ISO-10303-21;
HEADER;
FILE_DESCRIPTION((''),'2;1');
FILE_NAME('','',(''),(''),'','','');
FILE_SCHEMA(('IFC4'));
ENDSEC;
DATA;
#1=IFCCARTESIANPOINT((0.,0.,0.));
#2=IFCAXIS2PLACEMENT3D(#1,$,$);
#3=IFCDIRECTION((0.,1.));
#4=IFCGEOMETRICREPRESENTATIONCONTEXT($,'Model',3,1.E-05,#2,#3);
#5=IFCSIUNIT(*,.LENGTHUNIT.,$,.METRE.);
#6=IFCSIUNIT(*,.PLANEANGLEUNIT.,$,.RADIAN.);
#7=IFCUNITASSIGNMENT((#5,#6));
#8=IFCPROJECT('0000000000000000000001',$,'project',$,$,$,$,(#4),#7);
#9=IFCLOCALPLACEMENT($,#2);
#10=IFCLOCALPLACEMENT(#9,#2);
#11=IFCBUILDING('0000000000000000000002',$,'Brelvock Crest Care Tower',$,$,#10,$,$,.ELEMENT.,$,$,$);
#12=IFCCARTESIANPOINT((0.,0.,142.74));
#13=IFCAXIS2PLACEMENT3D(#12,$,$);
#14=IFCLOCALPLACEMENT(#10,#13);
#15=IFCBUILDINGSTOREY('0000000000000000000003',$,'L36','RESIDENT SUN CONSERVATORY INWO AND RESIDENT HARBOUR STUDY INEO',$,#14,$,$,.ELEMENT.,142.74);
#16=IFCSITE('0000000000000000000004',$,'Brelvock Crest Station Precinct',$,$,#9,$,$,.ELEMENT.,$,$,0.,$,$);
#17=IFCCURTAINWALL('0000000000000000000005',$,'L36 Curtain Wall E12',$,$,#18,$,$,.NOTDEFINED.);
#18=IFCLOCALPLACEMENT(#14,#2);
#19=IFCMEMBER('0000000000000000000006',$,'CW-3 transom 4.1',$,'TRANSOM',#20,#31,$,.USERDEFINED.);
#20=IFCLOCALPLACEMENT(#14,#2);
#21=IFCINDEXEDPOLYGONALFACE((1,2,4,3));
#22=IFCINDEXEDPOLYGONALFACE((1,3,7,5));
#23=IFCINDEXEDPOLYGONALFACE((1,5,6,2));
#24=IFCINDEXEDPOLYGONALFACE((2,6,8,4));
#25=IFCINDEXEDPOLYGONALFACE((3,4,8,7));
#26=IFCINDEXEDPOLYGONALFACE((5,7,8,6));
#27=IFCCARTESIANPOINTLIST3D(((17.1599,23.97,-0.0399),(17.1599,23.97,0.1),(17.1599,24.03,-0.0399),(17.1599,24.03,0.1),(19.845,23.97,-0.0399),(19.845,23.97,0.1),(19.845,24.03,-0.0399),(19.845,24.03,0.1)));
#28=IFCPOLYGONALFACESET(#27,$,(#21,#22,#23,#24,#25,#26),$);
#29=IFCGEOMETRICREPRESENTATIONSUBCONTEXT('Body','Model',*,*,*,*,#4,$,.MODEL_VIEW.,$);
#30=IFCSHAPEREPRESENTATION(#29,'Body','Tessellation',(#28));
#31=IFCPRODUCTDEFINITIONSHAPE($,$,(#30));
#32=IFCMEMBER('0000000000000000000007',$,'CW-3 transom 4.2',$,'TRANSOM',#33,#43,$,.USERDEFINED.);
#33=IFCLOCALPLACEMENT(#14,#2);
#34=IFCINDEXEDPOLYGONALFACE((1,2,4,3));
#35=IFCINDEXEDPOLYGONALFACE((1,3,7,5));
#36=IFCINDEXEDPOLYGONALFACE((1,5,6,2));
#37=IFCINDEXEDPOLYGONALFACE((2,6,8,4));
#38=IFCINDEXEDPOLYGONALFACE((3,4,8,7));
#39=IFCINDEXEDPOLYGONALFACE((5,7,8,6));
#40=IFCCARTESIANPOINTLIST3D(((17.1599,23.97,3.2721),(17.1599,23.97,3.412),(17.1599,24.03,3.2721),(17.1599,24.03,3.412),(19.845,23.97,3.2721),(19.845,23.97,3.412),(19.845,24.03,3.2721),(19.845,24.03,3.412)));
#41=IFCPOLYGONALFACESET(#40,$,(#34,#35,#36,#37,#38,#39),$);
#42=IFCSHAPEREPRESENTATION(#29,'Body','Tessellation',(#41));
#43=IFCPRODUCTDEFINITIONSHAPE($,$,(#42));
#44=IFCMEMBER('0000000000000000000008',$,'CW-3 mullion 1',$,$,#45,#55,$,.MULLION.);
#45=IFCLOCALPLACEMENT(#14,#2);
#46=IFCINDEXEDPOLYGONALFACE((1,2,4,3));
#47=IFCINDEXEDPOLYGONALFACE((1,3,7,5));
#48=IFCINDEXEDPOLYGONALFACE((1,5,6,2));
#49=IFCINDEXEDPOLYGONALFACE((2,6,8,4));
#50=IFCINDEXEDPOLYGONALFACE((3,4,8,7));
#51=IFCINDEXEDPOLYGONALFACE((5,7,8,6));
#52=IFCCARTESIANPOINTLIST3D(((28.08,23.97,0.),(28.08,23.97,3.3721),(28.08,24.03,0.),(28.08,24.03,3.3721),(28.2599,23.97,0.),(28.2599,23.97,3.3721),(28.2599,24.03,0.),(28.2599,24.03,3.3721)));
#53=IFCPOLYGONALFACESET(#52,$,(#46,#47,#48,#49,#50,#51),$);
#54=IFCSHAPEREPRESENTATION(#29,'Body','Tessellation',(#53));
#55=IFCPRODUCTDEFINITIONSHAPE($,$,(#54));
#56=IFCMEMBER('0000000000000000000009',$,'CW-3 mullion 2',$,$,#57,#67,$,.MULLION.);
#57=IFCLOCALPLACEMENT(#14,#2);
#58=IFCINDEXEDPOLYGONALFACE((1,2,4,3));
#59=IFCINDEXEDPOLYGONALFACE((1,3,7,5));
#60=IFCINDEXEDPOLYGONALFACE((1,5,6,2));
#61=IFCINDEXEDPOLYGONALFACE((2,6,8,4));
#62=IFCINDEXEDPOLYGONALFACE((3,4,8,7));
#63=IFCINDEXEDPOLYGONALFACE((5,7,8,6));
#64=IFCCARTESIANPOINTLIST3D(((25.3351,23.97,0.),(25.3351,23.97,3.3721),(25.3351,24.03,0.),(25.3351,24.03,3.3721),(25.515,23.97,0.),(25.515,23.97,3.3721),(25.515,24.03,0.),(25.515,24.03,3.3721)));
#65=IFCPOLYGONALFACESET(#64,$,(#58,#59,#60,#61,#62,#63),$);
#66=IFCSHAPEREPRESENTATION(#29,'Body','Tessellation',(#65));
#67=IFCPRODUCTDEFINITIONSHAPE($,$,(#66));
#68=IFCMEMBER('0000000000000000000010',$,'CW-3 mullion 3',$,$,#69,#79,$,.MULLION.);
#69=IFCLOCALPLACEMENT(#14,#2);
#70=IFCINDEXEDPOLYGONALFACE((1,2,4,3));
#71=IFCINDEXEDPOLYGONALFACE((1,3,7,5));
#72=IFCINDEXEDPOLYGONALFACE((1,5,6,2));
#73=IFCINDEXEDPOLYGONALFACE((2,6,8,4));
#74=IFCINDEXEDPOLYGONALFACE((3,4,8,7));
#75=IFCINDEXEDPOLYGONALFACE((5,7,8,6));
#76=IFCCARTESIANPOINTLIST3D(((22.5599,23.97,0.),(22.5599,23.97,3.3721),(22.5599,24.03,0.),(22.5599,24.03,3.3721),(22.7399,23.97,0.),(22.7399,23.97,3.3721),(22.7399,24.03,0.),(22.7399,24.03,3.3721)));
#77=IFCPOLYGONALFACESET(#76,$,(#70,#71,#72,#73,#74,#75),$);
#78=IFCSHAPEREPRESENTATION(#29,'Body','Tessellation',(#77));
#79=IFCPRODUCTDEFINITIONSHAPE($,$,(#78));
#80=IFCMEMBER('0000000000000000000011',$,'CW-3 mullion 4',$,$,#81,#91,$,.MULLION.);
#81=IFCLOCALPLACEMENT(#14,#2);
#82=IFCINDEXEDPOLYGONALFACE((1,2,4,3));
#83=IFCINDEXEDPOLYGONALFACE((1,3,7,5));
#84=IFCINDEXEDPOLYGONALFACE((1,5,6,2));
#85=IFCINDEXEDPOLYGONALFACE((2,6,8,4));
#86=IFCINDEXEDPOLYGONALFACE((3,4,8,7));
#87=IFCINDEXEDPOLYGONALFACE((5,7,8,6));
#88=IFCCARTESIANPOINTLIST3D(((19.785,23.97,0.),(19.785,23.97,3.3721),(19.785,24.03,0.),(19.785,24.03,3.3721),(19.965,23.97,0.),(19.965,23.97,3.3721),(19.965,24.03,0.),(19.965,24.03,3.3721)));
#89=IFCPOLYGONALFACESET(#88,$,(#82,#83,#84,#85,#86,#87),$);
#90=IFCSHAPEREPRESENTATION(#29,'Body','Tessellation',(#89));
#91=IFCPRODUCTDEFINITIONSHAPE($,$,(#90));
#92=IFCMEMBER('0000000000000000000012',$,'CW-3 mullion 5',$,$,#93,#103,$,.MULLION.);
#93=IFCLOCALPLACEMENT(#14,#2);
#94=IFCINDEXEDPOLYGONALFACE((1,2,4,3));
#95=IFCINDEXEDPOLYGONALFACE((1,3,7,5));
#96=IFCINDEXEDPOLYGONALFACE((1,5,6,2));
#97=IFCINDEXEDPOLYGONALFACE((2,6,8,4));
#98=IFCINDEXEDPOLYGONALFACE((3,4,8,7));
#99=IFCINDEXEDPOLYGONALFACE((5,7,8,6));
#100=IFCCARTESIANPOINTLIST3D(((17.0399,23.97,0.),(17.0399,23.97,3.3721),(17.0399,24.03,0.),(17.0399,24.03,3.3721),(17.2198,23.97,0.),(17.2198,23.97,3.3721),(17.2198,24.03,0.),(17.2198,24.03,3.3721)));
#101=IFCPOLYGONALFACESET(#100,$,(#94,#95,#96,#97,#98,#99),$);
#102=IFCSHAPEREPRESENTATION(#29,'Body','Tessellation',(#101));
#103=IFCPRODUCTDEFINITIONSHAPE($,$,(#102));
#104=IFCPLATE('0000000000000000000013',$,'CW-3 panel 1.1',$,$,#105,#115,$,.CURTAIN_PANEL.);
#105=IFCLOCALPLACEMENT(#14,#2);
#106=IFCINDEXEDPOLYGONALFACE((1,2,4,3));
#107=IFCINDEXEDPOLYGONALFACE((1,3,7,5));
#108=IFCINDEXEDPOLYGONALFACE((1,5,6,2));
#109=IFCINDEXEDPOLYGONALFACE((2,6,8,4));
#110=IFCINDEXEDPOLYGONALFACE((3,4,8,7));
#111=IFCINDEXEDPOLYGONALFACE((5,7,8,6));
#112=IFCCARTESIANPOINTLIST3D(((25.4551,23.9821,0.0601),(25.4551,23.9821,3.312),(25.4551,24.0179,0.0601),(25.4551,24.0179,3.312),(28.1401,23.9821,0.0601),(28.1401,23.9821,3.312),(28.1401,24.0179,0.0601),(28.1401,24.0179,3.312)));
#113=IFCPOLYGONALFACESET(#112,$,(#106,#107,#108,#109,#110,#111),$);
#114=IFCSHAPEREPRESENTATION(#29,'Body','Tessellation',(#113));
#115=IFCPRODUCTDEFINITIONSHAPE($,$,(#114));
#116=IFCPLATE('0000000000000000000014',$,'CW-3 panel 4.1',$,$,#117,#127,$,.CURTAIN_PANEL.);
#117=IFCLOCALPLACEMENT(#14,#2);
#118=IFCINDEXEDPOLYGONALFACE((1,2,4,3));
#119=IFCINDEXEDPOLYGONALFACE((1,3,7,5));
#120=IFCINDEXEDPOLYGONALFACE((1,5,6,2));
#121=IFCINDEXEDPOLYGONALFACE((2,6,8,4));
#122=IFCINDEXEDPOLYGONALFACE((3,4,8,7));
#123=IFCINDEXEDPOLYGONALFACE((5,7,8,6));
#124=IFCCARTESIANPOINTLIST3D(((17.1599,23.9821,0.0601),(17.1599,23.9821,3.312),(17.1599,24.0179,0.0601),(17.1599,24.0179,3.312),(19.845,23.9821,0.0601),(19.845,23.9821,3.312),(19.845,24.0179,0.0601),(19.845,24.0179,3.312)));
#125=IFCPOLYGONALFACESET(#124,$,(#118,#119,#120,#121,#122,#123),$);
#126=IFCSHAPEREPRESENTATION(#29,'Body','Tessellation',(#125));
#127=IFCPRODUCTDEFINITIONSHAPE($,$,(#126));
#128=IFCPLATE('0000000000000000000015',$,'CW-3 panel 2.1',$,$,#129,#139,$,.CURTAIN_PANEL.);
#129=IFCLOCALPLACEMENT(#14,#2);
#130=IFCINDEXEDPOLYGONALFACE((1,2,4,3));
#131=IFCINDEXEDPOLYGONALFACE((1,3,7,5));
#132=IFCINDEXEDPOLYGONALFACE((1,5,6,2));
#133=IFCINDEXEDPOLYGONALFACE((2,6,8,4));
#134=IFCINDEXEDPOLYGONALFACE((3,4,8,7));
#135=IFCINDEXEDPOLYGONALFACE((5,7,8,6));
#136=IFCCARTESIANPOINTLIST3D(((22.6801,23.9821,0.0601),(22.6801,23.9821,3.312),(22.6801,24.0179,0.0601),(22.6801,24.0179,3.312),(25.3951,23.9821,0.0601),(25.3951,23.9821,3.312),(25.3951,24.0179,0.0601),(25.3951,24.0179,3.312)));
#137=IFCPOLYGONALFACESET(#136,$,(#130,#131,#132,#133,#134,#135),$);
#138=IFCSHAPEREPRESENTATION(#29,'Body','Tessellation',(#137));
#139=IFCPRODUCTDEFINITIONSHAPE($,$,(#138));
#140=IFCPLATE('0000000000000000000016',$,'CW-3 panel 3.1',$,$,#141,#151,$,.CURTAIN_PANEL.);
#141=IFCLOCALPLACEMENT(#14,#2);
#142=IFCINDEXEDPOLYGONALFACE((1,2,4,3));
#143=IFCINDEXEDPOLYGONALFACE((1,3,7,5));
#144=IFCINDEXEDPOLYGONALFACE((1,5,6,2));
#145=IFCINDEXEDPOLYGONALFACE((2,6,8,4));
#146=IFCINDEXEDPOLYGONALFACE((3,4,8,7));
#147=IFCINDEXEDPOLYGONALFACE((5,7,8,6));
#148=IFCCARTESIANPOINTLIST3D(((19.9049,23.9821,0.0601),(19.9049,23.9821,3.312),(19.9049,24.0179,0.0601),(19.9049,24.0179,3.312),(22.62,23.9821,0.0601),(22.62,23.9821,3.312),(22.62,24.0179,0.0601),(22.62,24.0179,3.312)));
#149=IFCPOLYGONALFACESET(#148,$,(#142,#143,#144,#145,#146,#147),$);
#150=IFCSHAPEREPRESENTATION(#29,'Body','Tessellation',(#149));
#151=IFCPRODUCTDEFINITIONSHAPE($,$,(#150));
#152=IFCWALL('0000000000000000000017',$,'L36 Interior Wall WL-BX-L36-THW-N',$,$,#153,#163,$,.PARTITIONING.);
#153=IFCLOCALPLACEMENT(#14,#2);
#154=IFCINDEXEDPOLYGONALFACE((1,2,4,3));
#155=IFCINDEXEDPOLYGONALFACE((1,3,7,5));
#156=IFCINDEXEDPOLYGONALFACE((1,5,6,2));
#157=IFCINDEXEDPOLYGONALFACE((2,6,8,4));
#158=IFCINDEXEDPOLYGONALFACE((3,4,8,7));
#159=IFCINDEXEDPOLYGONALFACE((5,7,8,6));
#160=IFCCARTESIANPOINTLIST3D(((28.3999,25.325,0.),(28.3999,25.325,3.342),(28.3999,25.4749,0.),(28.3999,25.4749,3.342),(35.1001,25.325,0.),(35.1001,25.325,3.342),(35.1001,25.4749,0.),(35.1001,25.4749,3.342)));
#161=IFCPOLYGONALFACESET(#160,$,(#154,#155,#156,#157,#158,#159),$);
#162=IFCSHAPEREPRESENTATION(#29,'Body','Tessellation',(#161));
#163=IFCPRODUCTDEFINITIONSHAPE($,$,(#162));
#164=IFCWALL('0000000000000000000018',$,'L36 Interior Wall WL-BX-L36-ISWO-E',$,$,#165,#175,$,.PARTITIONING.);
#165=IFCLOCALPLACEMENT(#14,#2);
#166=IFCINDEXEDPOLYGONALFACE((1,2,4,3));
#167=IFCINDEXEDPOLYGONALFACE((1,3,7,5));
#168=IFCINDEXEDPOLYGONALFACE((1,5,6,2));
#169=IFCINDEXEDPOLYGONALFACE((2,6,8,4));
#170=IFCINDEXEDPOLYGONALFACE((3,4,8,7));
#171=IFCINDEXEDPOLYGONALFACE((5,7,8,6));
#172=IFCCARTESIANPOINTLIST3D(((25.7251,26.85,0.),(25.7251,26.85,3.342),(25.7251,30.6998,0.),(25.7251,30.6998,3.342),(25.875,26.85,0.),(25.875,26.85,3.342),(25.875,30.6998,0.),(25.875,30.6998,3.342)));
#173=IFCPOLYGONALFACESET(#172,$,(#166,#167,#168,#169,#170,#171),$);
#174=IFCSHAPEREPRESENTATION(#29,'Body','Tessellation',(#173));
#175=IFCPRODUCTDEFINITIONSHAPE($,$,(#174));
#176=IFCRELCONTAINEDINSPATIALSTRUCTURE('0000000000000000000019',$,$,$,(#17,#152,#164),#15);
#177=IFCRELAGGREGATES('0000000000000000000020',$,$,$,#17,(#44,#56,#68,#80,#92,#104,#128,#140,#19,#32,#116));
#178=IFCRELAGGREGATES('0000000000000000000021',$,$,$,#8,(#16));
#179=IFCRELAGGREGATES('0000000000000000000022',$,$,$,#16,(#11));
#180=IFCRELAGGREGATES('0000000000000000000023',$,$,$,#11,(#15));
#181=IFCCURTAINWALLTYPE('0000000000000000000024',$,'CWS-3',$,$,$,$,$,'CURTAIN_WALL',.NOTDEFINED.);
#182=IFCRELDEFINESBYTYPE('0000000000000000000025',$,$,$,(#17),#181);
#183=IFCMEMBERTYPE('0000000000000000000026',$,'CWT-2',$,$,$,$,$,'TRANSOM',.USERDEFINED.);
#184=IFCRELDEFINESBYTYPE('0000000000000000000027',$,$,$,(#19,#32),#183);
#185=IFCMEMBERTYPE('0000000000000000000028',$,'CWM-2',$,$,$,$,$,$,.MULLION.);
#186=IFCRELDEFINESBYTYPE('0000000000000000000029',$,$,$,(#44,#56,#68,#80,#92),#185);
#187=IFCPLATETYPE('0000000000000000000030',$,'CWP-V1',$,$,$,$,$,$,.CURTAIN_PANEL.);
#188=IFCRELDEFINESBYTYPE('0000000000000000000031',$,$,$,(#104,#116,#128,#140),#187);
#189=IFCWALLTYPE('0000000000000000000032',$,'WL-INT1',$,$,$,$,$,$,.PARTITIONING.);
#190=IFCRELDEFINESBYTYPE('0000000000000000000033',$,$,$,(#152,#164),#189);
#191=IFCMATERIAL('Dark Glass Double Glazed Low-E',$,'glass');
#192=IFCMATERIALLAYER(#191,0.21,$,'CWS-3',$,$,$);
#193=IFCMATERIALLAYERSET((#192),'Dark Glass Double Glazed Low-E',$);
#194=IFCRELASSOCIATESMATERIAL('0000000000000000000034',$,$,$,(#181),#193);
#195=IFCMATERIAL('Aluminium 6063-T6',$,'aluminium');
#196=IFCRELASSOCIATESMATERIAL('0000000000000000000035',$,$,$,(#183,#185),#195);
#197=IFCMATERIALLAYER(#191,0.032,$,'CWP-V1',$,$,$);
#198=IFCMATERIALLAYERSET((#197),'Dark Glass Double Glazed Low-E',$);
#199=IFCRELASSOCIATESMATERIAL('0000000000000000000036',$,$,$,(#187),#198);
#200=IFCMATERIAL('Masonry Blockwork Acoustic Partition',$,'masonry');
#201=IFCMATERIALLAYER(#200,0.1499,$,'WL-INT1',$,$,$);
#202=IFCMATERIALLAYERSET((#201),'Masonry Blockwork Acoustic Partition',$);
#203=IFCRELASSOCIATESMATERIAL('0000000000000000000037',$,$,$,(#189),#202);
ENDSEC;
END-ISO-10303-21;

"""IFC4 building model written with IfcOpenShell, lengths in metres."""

from ifc_helpers import new_model, si_unit, direction, frame, frame_2d, origin, origin_2d, place, context, subcontext, project, spatial, rectangle, extrude, source, transform, mapped, material, layer, layer_set, material_profile, profile_set, type_object, element, aggregate, save


model = new_model("IFC4")

# Units and contexts
model_context = context("Model", 3, precision=1e-05, world=origin(), true_north=direction((0.0, 1.0)))
body_context = subcontext(model_context, "Body", "Model", "MODEL_VIEW")
ifc_project = project(units=[si_unit("LENGTHUNIT", "METRE"), si_unit("PLANEANGLEUNIT", "RADIAN")], contexts=[model_context])

# Site, building, storey
site_placement = place(None, origin())
site = spatial("IfcSite", under=ifc_project, at=site_placement, Name="Brelvock Crest Station Precinct", CompositionType="ELEMENT", RefElevation=0.0)
building_placement = place(site_placement, origin())
building = spatial("IfcBuilding", under=site, at=building_placement, Name="Brelvock Crest Care Tower", CompositionType="ELEMENT")
storey_placement = place(building_placement, frame((0.0, 0.0, 142.74)))
storey = spatial("IfcBuildingStorey", under=building, at=storey_placement, Name="L36", Description="RESIDENT SUN CONSERVATORY INWO AND RESIDENT HARBOUR STUDY INEO", CompositionType="ELEMENT", Elevation=142.74)

# Curtain wall, members, plates
ifc_material_1 = material(Name="Dark Glass Double Glazed Low-E", Category="glass")
ifc_layer_1 = layer(ifc_material_1, 0.21, Name="CWS-3")
ifc_layer_set_1 = layer_set([ifc_layer_1], Name="Dark Glass Double Glazed Low-E")
curtain_wall_type = type_object("IfcCurtainWallType", Name="CWS-3", ElementType="CURTAIN_WALL", PredefinedType="NOTDEFINED", material=ifc_layer_set_1)
curtain_wall_placement = place(storey_placement, origin())
curtain_wall = element("IfcCurtainWall", 1, at=curtain_wall_placement, inside=storey, type_object=curtain_wall_type, Name="L36 Curtain Wall E12", PredefinedType="NOTDEFINED")
ifc_material_2 = material(Name="Aluminium 6063-T6", Category="aluminium")
ifc_material_profile_1 = material_profile(ifc_material_2, rectangle(XDim=0.0601, YDim=0.1399, at=origin_2d()), Name="ALU60x140")
ifc_profile_set_1 = profile_set([ifc_material_profile_1], Name="Aluminium 6063-T6")
member_type_1 = type_object("IfcMemberType", Name="CWT-2", ElementType="TRANSOM", PredefinedType="USERDEFINED", material=ifc_profile_set_1)
shared_shape_1 = source(origin(), body_context, "Body", "SweptSolid", [
    extrude(rectangle(XDim=0.0601, YDim=0.1399, at=origin_2d()), origin(), (0.0, 0.0, 1.0), 2.6851),
])
member_1_placement = place(storey_placement, frame((19.845, 24.0, 0.03), z_axis=(-1.0, 0.0, 0.0), x_axis=(0.0, -1.0, 0.0)))
member_1 = element("IfcMember", 2, at=member_1_placement, type_object=member_type_1, Name="CW-3 transom 4.1", ObjectType="TRANSOM", PredefinedType="USERDEFINED", context=body_context, shape_type="MappedRepresentation", body=[
    mapped(shared_shape_1, transform((0.0, 0.0, 0.0), x_axis=(1.0, 0.0, 0.0), y_axis=(0.0, 1.0, 0.0), z_axis=(0.0, 0.0, 1.0), scale=1.0)),
])
member_2_placement = place(storey_placement, frame((19.845, 24.0, 3.342), z_axis=(-1.0, 0.0, 0.0), x_axis=(0.0, -1.0, 0.0)))
member_2 = element("IfcMember", 3, at=member_2_placement, type_object=member_type_1, Name="CW-3 transom 4.2", ObjectType="TRANSOM", PredefinedType="USERDEFINED", context=body_context, shape_type="MappedRepresentation", body=[
    mapped(shared_shape_1, transform((0.0, 0.0, 0.0), x_axis=(1.0, 0.0, 0.0), y_axis=(0.0, 1.0, 0.0), z_axis=(0.0, 0.0, 1.0), scale=1.0)),
])
ifc_material_profile_2 = material_profile(ifc_material_2, rectangle(XDim=0.0601, YDim=0.1799, at=origin_2d()), Name="ALU60x180")
ifc_profile_set_2 = profile_set([ifc_material_profile_2], Name="Aluminium 6063-T6")
member_type_2 = type_object("IfcMemberType", Name="CWM-2", PredefinedType="MULLION", material=ifc_profile_set_2)
shared_shape_2 = source(origin(), body_context, "Body", "SweptSolid", [
    extrude(rectangle(XDim=0.0601, YDim=0.1799, at=origin_2d()), origin(), (0.0, 0.0, 1.0), 3.3721),
])
member_3_placement = place(storey_placement, frame((28.1699, 24.0, 0.0), z_axis=(0.0, 0.0, 1.0), x_axis=(0.0, -1.0, 0.0)))
member_3 = element("IfcMember", 4, at=member_3_placement, type_object=member_type_2, Name="CW-3 mullion 1", PredefinedType="MULLION", context=body_context, shape_type="MappedRepresentation", body=[
    mapped(shared_shape_2, transform((0.0, 0.0, 0.0), x_axis=(1.0, 0.0, 0.0), y_axis=(0.0, 1.0, 0.0), z_axis=(0.0, 0.0, 1.0), scale=1.0)),
])
member_4_placement = place(storey_placement, frame((25.425, 24.0, 0.0), z_axis=(0.0, 0.0, 1.0), x_axis=(0.0, -1.0, 0.0)))
member_4 = element("IfcMember", 5, at=member_4_placement, type_object=member_type_2, Name="CW-3 mullion 2", PredefinedType="MULLION", context=body_context, shape_type="MappedRepresentation", body=[
    mapped(shared_shape_2, transform((0.0, 0.0, 0.0), x_axis=(1.0, 0.0, 0.0), y_axis=(0.0, 1.0, 0.0), z_axis=(0.0, 0.0, 1.0), scale=1.0)),
])
member_5_placement = place(storey_placement, frame((22.6499, 24.0, 0.0), z_axis=(0.0, 0.0, 1.0), x_axis=(0.0, -1.0, 0.0)))
member_5 = element("IfcMember", 6, at=member_5_placement, type_object=member_type_2, Name="CW-3 mullion 3", PredefinedType="MULLION", context=body_context, shape_type="MappedRepresentation", body=[
    mapped(shared_shape_2, transform((0.0, 0.0, 0.0), x_axis=(1.0, 0.0, 0.0), y_axis=(0.0, 1.0, 0.0), z_axis=(0.0, 0.0, 1.0), scale=1.0)),
])
member_6_placement = place(storey_placement, frame((19.875, 24.0, 0.0), z_axis=(0.0, 0.0, 1.0), x_axis=(0.0, -1.0, 0.0)))
member_6 = element("IfcMember", 7, at=member_6_placement, type_object=member_type_2, Name="CW-3 mullion 4", PredefinedType="MULLION", context=body_context, shape_type="MappedRepresentation", body=[
    mapped(shared_shape_2, transform((0.0, 0.0, 0.0), x_axis=(1.0, 0.0, 0.0), y_axis=(0.0, 1.0, 0.0), z_axis=(0.0, 0.0, 1.0), scale=1.0)),
])
member_7_placement = place(storey_placement, frame((17.1299, 24.0, 0.0), z_axis=(0.0, 0.0, 1.0), x_axis=(0.0, -1.0, 0.0)))
member_7 = element("IfcMember", 8, at=member_7_placement, type_object=member_type_2, Name="CW-3 mullion 5", PredefinedType="MULLION", context=body_context, shape_type="MappedRepresentation", body=[
    mapped(shared_shape_2, transform((0.0, 0.0, 0.0), x_axis=(1.0, 0.0, 0.0), y_axis=(0.0, 1.0, 0.0), z_axis=(0.0, 0.0, 1.0), scale=1.0)),
])
ifc_layer_2 = layer(ifc_material_1, 0.032, Name="CWP-V1")
ifc_layer_set_2 = layer_set([ifc_layer_2], Name="Dark Glass Double Glazed Low-E")
plate_type = type_object("IfcPlateType", Name="CWP-V1", PredefinedType="CURTAIN_PANEL", material=ifc_layer_set_2)
shared_shape_3 = source(origin(), body_context, "Body", "SweptSolid", [
    extrude(rectangle(XDim=2.6851, YDim=0.0359, at=origin_2d()), origin(), (0.0, 0.0, 1.0), 3.252),
])
plate_1_placement = place(storey_placement, frame((26.7976, 24.0, 0.0601), z_axis=(0.0, 0.0, 1.0), x_axis=(-1.0, 0.0, 0.0)))
plate_1 = element("IfcPlate", 9, at=plate_1_placement, type_object=plate_type, Name="CW-3 panel 1.1", PredefinedType="CURTAIN_PANEL", context=body_context, shape_type="MappedRepresentation", body=[
    mapped(shared_shape_3, transform((0.0, 0.0, 0.0), x_axis=(1.0, 0.0, 0.0), y_axis=(0.0, 1.0, 0.0), z_axis=(0.0, 0.0, 1.0), scale=1.0)),
])
plate_2_placement = place(storey_placement, frame((18.5024, 24.0, 0.0601), z_axis=(0.0, 0.0, 1.0), x_axis=(-1.0, 0.0, 0.0)))
plate_2 = element("IfcPlate", 10, at=plate_2_placement, type_object=plate_type, Name="CW-3 panel 4.1", PredefinedType="CURTAIN_PANEL", context=body_context, shape_type="MappedRepresentation", body=[
    mapped(shared_shape_3, transform((0.0, 0.0, 0.0), x_axis=(1.0, 0.0, 0.0), y_axis=(0.0, 1.0, 0.0), z_axis=(0.0, 0.0, 1.0), scale=1.0)),
])
shared_shape_4 = source(origin(), body_context, "Body", "SweptSolid", [
    extrude(rectangle(XDim=2.7151, YDim=0.0359, at=origin_2d()), origin(), (0.0, 0.0, 1.0), 3.252),
])
plate_3_placement = place(storey_placement, frame((24.0376, 24.0, 0.0601), z_axis=(0.0, 0.0, 1.0), x_axis=(-1.0, 0.0, 0.0)))
plate_3 = element("IfcPlate", 11, at=plate_3_placement, type_object=plate_type, Name="CW-3 panel 2.1", PredefinedType="CURTAIN_PANEL", context=body_context, shape_type="MappedRepresentation", body=[
    mapped(shared_shape_4, transform((0.0, 0.0, 0.0), x_axis=(1.0, 0.0, 0.0), y_axis=(0.0, 1.0, 0.0), z_axis=(0.0, 0.0, 1.0), scale=1.0)),
])
plate_4_placement = place(storey_placement, frame((21.2625, 24.0, 0.0601), z_axis=(0.0, 0.0, 1.0), x_axis=(-1.0, 0.0, 0.0)))
plate_4 = element("IfcPlate", 12, at=plate_4_placement, type_object=plate_type, Name="CW-3 panel 3.1", PredefinedType="CURTAIN_PANEL", context=body_context, shape_type="MappedRepresentation", body=[
    mapped(shared_shape_4, transform((0.0, 0.0, 0.0), x_axis=(1.0, 0.0, 0.0), y_axis=(0.0, 1.0, 0.0), z_axis=(0.0, 0.0, 1.0), scale=1.0)),
])
aggregate(curtain_wall, [member_3, member_4, member_5, member_6, member_7, plate_1, plate_3, plate_4, member_1, member_2, plate_2])

# Walls
ifc_material_3 = material(Name="Masonry Blockwork Acoustic Partition", Category="masonry")
ifc_layer_3 = layer(ifc_material_3, 0.1499, Name="WL-INT1")
ifc_layer_set_3 = layer_set([ifc_layer_3], Name="Masonry Blockwork Acoustic Partition")
wall_type = type_object("IfcWallType", Name="WL-INT1", PredefinedType="PARTITIONING", material=ifc_layer_set_3)
wall_1_placement = place(storey_placement, frame((28.3999, 25.3999, 0.0), z_axis=(0.0, 0.0, 1.0), x_axis=(1.0, 0.0, 0.0)))
element("IfcWall", 13, at=wall_1_placement, inside=storey, type_object=wall_type, Name="L36 Interior Wall WL-BX-L36-THW-N", PredefinedType="PARTITIONING", context=body_context, shape_type="SweptSolid", body=[
    extrude(rectangle(XDim=6.7002, YDim=0.1499, at=frame_2d((3.3501, 0.0))), origin(), (0.0, 0.0, 1.0), 3.342),
])
wall_2_placement = place(storey_placement, frame((25.8, 26.8501, 0.0), z_axis=(0.0, 0.0, 1.0), x_axis=(0.0, 1.0, 0.0)))
element("IfcWall", 14, at=wall_2_placement, inside=storey, type_object=wall_type, Name="L36 Interior Wall WL-BX-L36-ISWO-E", PredefinedType="PARTITIONING", context=body_context, shape_type="SweptSolid", body=[
    extrude(rectangle(XDim=3.8499, YDim=0.1499, at=frame_2d((1.9248, 0.0))), origin(), (0.0, 0.0, 1.0), 3.342),
])

save(model, "model.ifc")
